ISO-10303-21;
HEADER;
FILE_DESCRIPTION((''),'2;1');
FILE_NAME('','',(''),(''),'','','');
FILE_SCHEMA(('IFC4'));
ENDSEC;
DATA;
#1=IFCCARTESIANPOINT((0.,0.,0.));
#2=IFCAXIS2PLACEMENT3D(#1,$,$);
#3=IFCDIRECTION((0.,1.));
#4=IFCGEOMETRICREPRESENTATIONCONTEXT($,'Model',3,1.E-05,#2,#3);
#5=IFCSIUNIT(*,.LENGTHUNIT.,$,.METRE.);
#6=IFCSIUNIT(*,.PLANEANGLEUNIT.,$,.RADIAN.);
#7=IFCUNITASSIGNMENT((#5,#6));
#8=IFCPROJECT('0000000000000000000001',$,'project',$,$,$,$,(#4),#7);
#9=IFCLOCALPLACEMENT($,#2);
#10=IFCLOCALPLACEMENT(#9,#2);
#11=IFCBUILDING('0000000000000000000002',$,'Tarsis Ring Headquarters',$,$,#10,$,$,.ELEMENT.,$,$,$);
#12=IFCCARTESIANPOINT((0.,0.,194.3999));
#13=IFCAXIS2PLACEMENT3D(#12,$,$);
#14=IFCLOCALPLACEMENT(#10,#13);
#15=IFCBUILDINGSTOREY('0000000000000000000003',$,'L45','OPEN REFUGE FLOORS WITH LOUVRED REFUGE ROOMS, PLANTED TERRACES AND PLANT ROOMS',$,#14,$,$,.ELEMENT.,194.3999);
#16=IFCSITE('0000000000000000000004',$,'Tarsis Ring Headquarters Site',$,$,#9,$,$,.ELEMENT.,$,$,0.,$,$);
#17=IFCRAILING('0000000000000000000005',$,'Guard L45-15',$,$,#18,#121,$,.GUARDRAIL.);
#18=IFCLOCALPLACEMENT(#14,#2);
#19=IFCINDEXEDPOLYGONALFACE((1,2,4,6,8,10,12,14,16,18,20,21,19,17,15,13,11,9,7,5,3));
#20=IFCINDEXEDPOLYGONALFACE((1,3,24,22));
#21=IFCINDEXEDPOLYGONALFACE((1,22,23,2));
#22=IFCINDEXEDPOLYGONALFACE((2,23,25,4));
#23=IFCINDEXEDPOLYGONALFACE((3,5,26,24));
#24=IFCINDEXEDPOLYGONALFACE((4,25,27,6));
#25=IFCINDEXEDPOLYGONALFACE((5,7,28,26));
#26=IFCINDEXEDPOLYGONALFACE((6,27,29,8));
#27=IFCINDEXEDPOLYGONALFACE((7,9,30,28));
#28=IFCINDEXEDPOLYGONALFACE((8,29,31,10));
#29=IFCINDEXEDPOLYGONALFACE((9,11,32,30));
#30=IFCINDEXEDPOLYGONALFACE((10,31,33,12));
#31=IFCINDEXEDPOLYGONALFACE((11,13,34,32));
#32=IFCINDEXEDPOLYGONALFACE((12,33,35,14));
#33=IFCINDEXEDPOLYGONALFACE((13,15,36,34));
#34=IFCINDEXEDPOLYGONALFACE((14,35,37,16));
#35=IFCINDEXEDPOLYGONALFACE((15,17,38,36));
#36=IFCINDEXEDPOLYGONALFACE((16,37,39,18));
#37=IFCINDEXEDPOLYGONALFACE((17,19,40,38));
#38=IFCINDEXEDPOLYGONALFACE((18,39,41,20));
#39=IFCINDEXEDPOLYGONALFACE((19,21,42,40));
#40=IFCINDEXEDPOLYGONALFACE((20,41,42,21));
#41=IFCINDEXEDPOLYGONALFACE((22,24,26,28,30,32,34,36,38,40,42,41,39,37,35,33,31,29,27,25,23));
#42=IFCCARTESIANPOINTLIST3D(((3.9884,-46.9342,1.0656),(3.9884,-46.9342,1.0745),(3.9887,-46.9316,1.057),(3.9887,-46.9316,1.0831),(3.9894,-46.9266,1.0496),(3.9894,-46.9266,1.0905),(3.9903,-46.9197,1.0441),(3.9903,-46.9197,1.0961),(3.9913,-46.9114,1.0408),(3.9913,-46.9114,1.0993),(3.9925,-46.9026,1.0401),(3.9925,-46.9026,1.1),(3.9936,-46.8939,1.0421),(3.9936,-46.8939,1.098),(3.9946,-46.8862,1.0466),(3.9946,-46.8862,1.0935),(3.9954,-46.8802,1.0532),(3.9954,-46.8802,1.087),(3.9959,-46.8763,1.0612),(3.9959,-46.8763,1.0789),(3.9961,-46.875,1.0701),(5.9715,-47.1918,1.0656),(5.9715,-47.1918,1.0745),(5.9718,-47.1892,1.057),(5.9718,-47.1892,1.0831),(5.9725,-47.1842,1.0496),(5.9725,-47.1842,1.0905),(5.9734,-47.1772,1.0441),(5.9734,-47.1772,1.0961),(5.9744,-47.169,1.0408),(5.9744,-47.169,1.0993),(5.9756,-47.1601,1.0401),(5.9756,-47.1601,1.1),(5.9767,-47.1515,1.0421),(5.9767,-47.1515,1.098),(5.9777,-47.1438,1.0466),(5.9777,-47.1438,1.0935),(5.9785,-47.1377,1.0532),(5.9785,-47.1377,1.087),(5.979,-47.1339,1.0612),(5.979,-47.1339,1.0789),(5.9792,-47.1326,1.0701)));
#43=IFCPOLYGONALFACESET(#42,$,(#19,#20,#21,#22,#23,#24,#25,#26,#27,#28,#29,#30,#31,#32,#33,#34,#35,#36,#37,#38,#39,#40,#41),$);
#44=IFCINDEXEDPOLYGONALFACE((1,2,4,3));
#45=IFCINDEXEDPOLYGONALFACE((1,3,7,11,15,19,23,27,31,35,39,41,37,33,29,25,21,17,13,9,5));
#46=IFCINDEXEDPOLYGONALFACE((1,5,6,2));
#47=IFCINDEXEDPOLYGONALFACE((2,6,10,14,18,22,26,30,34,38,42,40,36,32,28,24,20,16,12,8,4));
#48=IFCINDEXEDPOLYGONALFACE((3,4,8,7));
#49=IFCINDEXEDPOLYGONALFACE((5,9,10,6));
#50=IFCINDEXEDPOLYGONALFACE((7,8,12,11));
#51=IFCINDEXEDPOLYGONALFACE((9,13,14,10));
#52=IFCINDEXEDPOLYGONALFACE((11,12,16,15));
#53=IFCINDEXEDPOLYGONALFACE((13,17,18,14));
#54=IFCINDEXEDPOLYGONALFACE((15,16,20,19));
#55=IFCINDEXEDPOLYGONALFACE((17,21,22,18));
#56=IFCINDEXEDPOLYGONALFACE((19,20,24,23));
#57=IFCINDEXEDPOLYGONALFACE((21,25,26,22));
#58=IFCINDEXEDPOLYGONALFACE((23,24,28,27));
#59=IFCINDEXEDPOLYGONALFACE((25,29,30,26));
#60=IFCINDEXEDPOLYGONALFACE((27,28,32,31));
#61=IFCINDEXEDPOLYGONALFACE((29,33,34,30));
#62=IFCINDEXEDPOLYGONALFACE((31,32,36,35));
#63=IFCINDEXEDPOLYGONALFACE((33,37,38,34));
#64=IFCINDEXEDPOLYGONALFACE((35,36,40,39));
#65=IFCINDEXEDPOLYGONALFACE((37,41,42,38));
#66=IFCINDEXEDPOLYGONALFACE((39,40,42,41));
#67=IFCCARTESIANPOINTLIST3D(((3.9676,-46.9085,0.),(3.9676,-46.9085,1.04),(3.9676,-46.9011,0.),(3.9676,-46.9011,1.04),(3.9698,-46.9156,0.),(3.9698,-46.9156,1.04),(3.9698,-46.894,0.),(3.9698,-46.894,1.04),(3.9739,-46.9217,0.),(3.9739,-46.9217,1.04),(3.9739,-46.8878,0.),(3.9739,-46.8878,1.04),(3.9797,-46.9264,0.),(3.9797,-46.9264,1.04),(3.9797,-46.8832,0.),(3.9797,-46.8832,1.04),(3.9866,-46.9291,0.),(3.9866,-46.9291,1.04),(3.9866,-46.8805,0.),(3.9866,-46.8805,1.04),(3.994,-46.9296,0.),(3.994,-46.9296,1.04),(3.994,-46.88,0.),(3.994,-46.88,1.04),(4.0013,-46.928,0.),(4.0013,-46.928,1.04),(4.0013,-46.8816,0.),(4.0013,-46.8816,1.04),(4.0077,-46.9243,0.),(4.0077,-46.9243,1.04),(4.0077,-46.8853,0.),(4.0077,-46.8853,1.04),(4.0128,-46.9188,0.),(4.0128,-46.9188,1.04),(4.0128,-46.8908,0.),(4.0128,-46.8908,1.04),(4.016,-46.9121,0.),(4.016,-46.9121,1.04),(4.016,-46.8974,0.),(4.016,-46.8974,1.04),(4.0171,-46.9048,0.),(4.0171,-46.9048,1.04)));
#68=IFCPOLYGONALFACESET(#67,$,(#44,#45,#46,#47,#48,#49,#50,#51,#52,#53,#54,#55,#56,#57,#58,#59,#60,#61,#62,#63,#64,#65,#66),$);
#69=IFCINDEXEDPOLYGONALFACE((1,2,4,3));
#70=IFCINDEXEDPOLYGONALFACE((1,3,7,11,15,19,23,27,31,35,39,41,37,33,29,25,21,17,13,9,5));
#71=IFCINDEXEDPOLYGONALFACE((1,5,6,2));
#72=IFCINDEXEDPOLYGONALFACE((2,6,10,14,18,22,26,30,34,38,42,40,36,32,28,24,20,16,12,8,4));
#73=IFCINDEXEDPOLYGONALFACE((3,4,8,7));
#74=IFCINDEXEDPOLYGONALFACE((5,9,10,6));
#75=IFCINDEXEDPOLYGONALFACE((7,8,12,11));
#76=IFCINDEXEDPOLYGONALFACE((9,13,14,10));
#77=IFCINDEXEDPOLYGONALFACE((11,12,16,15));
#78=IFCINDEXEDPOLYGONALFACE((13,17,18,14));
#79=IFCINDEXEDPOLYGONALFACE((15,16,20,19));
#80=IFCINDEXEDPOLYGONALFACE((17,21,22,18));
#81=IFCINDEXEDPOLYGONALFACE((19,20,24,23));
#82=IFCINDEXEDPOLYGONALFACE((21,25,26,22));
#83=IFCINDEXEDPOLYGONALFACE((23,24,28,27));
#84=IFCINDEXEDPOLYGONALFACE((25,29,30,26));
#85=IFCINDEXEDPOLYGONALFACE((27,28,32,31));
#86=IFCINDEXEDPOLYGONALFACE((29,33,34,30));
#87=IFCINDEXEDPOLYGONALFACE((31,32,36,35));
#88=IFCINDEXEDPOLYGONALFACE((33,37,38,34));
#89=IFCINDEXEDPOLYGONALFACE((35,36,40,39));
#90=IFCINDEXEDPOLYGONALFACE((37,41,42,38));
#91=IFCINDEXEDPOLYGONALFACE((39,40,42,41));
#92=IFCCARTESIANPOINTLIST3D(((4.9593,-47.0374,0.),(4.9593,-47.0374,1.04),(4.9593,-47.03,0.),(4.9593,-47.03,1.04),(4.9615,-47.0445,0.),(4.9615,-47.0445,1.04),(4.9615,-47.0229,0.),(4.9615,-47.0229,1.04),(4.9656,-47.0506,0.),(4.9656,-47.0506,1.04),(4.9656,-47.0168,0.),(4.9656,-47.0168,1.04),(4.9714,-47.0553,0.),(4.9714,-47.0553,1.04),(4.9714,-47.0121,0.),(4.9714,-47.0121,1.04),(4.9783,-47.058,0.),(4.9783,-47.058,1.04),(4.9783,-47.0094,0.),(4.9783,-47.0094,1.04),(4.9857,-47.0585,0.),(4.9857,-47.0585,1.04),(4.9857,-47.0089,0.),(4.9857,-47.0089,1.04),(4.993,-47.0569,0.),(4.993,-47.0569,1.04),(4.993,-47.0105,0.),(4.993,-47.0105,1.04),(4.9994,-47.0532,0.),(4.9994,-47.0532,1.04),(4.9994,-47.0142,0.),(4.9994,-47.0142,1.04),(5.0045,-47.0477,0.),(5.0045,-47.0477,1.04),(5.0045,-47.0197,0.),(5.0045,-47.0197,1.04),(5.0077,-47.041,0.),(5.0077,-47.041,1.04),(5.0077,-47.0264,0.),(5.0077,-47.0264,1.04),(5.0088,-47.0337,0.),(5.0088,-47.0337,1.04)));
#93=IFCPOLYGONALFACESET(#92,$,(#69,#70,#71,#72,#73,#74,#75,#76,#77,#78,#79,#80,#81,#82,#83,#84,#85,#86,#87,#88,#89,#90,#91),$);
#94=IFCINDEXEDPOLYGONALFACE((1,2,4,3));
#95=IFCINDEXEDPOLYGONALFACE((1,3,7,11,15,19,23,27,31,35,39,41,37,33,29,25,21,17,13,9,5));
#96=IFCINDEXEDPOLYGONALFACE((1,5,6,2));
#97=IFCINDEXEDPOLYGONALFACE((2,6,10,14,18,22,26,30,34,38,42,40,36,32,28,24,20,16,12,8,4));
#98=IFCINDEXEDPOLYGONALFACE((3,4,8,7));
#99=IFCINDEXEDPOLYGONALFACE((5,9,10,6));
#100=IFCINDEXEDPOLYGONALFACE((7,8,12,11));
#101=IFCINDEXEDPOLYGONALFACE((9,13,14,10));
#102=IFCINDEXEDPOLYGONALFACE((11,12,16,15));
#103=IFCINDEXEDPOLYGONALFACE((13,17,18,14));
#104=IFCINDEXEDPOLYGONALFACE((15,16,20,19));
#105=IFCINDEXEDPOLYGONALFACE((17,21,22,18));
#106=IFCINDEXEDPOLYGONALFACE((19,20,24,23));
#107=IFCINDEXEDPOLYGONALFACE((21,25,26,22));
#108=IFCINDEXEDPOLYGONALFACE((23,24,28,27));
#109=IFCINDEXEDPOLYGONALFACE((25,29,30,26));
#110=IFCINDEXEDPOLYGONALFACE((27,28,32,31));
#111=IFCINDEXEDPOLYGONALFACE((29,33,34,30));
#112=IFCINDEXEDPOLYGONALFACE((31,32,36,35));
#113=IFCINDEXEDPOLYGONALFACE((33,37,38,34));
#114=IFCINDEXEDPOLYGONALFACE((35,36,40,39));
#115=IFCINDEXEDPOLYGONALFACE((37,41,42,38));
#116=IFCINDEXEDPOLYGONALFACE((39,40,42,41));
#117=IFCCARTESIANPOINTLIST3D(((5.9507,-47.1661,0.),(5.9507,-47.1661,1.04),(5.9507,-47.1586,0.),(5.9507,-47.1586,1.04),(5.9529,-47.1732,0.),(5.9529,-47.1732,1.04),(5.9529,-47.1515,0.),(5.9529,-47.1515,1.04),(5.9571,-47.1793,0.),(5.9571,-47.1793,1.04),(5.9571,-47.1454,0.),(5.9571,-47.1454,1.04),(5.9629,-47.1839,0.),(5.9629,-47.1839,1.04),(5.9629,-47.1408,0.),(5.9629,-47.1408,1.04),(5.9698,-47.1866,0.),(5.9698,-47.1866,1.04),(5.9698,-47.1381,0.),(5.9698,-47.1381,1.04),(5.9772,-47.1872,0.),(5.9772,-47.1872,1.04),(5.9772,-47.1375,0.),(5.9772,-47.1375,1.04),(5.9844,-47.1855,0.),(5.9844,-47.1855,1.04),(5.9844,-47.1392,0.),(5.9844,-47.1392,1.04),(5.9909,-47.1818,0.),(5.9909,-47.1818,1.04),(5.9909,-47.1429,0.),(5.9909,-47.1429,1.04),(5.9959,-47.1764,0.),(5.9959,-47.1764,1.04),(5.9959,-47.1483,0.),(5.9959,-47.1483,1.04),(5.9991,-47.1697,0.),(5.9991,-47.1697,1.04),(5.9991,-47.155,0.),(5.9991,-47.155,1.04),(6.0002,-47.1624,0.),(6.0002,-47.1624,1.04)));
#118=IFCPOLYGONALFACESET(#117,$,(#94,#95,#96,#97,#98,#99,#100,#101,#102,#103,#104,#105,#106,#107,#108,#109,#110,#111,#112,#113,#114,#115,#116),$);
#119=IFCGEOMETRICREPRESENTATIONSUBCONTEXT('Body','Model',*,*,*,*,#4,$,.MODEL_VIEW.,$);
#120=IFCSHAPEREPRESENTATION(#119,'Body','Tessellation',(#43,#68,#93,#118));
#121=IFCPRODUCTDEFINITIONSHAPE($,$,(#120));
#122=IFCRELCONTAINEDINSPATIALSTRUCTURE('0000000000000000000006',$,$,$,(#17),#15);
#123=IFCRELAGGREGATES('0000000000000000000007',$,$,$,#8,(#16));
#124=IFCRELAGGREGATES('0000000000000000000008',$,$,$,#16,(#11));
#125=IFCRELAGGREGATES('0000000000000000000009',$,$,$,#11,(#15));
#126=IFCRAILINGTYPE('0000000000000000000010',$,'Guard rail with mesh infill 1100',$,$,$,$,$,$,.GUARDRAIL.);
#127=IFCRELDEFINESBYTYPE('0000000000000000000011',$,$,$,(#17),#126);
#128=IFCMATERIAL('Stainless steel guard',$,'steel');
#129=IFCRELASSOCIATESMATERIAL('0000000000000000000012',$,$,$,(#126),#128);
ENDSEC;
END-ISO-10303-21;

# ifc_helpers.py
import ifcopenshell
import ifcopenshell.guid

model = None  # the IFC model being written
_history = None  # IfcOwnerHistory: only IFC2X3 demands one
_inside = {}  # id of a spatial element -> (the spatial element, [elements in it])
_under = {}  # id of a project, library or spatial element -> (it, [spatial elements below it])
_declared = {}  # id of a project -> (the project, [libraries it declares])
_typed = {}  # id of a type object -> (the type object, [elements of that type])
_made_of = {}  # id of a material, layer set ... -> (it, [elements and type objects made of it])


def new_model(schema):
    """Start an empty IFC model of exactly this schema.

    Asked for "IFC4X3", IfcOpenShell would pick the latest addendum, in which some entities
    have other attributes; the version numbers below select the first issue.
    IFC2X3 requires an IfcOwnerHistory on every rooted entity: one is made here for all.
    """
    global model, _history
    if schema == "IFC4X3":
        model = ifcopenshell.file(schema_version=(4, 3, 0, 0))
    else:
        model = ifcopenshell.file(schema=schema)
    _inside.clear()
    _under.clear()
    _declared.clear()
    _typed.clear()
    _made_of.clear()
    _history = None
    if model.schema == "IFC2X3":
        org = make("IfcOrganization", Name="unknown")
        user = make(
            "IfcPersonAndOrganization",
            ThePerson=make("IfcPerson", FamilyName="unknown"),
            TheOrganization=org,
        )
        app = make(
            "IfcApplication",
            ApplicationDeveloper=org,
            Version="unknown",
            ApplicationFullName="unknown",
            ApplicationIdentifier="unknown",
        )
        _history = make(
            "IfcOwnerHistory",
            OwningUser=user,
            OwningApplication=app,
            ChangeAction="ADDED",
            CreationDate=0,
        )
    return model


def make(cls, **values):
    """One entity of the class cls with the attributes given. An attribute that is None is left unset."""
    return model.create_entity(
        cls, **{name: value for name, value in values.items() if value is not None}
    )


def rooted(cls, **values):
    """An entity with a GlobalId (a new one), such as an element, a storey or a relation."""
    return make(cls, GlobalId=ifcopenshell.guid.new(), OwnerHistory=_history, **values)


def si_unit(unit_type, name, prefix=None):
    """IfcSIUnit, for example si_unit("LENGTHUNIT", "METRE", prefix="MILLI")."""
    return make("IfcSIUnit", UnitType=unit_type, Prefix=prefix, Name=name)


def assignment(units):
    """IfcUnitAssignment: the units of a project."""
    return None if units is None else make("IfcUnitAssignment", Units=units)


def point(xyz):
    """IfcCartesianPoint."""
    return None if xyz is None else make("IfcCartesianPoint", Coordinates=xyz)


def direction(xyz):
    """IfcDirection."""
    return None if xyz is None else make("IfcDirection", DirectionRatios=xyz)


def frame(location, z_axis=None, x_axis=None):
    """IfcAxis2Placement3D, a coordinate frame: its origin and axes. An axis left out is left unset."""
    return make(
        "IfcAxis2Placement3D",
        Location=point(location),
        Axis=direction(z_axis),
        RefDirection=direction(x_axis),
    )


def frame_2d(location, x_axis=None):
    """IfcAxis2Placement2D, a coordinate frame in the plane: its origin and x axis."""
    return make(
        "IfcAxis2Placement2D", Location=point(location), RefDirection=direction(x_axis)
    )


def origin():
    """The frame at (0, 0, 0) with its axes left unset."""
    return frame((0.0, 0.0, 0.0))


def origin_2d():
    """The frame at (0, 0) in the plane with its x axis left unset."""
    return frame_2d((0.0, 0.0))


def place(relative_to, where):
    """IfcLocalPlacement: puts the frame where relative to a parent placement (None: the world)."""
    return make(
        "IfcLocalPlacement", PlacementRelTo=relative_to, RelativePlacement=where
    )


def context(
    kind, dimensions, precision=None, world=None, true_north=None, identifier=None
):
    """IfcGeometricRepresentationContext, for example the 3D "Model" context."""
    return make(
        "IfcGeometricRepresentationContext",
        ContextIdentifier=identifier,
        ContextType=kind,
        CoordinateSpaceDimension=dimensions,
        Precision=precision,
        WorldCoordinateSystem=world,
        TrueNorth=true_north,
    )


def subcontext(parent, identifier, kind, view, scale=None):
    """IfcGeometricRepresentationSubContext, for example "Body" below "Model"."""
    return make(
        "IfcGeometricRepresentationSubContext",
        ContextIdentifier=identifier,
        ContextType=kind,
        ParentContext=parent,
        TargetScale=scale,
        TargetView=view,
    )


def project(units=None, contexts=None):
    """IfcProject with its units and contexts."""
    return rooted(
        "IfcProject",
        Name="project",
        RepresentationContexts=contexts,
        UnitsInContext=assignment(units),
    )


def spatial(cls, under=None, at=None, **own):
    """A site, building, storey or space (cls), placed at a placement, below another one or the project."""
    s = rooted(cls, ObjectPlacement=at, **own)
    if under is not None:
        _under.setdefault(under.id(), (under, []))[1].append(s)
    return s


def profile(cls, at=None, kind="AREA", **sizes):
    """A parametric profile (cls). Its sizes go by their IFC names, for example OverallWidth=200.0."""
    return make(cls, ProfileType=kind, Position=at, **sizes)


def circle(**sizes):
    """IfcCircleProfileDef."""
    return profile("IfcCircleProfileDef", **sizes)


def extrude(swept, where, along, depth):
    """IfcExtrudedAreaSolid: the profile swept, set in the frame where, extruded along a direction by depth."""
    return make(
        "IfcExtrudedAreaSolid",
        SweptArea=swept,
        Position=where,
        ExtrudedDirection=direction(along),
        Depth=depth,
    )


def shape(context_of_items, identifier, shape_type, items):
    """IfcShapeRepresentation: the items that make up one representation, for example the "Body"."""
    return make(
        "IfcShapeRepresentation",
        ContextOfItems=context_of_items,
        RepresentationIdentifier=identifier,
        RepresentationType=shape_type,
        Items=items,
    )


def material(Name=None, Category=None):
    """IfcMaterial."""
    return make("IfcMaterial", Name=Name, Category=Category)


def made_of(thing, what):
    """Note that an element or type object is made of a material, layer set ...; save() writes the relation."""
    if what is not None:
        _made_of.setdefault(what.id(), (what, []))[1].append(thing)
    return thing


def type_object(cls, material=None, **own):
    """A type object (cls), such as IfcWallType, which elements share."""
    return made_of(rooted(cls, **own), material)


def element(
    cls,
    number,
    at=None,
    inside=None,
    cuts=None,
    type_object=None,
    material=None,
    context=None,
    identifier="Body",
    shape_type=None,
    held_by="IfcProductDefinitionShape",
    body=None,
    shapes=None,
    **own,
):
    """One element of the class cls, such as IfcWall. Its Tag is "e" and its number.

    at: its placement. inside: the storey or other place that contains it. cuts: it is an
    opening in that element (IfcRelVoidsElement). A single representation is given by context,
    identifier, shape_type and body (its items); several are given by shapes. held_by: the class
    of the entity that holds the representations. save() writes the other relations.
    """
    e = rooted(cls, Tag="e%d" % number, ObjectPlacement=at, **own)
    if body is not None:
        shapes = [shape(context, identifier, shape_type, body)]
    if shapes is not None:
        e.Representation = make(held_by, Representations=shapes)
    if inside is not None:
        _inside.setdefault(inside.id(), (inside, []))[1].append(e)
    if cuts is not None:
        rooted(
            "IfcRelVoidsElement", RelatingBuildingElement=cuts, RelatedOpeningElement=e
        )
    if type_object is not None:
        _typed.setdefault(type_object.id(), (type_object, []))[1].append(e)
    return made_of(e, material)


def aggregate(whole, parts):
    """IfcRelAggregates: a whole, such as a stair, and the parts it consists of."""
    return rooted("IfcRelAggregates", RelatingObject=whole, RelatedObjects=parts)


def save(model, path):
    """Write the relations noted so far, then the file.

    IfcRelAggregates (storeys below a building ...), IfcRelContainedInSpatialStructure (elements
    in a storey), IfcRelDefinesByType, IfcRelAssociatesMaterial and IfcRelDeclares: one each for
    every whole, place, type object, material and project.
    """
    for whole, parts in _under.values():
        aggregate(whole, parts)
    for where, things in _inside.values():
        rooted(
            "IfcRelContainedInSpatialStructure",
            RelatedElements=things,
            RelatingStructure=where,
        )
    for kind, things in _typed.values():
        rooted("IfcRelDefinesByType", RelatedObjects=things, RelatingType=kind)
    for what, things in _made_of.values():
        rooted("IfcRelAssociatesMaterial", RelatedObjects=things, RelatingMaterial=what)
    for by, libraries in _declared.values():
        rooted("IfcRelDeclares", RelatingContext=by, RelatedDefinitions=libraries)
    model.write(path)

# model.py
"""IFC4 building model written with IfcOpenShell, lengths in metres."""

from ifc_helpers import new_model, si_unit, direction, frame, origin, origin_2d, place, context, subcontext, project, spatial, circle, extrude, material, type_object, element, save


model = new_model("IFC4")

# Units and contexts
model_context = context("Model", 3, precision=1e-05, world=origin(), true_north=direction((0.0, 1.0)))
body_context = subcontext(model_context, "Body", "Model", "MODEL_VIEW")
ifc_project = project(units=[si_unit("LENGTHUNIT", "METRE"), si_unit("PLANEANGLEUNIT", "RADIAN")], contexts=[model_context])

# Site, building, storey
site_placement = place(None, origin())
site = spatial("IfcSite", under=ifc_project, at=site_placement, Name="Tarsis Ring Headquarters Site", CompositionType="ELEMENT", RefElevation=0.0)
building_placement = place(site_placement, origin())
building = spatial("IfcBuilding", under=site, at=building_placement, Name="Tarsis Ring Headquarters", CompositionType="ELEMENT")
storey_placement = place(building_placement, frame((0.0, 0.0, 194.3999)))
storey = spatial("IfcBuildingStorey", under=building, at=storey_placement, Name="L45", Description="OPEN REFUGE FLOORS WITH LOUVRED REFUGE ROOMS, PLANTED TERRACES AND PLANT ROOMS", CompositionType="ELEMENT", Elevation=194.3999)

# Railing
ifc_material_1 = material(Name="Stainless steel guard", Category="steel")
railing_type_1 = type_object("IfcRailingType", Name="Guard rail with mesh infill 1100", PredefinedType="GUARDRAIL", material=ifc_material_1)
railing_1_placement = place(storey_placement, frame((3.9922, -46.9048, 0.0)))
element("IfcRailing", 1, at=railing_1_placement, inside=storey, type_object=railing_type_1, Name="Guard L45-15", PredefinedType="GUARDRAIL", context=body_context, shape_type="SweptSolid", body=[
    extrude(circle(Radius=0.03, at=origin_2d()), frame((0.0, 0.0, 1.0701), z_axis=(0.991671, -0.128796, 0.0), x_axis=(0.128796, 0.991671, 0.0)), (0.0, 0.0, 1.0), 1.9998),
    extrude(circle(Radius=0.0249, at=origin_2d()), origin(), (0.0, 0.0, 1.0), 1.04),
    extrude(circle(Radius=0.0249, at=origin_2d()), frame((0.9917, -0.1289, 0.0)), (0.0, 0.0, 1.0), 1.04),
    extrude(circle(Radius=0.0249, at=origin_2d()), frame((1.9832, -0.2576, 0.0)), (0.0, 0.0, 1.0), 1.04),
])

save(model, "model.ifc")
